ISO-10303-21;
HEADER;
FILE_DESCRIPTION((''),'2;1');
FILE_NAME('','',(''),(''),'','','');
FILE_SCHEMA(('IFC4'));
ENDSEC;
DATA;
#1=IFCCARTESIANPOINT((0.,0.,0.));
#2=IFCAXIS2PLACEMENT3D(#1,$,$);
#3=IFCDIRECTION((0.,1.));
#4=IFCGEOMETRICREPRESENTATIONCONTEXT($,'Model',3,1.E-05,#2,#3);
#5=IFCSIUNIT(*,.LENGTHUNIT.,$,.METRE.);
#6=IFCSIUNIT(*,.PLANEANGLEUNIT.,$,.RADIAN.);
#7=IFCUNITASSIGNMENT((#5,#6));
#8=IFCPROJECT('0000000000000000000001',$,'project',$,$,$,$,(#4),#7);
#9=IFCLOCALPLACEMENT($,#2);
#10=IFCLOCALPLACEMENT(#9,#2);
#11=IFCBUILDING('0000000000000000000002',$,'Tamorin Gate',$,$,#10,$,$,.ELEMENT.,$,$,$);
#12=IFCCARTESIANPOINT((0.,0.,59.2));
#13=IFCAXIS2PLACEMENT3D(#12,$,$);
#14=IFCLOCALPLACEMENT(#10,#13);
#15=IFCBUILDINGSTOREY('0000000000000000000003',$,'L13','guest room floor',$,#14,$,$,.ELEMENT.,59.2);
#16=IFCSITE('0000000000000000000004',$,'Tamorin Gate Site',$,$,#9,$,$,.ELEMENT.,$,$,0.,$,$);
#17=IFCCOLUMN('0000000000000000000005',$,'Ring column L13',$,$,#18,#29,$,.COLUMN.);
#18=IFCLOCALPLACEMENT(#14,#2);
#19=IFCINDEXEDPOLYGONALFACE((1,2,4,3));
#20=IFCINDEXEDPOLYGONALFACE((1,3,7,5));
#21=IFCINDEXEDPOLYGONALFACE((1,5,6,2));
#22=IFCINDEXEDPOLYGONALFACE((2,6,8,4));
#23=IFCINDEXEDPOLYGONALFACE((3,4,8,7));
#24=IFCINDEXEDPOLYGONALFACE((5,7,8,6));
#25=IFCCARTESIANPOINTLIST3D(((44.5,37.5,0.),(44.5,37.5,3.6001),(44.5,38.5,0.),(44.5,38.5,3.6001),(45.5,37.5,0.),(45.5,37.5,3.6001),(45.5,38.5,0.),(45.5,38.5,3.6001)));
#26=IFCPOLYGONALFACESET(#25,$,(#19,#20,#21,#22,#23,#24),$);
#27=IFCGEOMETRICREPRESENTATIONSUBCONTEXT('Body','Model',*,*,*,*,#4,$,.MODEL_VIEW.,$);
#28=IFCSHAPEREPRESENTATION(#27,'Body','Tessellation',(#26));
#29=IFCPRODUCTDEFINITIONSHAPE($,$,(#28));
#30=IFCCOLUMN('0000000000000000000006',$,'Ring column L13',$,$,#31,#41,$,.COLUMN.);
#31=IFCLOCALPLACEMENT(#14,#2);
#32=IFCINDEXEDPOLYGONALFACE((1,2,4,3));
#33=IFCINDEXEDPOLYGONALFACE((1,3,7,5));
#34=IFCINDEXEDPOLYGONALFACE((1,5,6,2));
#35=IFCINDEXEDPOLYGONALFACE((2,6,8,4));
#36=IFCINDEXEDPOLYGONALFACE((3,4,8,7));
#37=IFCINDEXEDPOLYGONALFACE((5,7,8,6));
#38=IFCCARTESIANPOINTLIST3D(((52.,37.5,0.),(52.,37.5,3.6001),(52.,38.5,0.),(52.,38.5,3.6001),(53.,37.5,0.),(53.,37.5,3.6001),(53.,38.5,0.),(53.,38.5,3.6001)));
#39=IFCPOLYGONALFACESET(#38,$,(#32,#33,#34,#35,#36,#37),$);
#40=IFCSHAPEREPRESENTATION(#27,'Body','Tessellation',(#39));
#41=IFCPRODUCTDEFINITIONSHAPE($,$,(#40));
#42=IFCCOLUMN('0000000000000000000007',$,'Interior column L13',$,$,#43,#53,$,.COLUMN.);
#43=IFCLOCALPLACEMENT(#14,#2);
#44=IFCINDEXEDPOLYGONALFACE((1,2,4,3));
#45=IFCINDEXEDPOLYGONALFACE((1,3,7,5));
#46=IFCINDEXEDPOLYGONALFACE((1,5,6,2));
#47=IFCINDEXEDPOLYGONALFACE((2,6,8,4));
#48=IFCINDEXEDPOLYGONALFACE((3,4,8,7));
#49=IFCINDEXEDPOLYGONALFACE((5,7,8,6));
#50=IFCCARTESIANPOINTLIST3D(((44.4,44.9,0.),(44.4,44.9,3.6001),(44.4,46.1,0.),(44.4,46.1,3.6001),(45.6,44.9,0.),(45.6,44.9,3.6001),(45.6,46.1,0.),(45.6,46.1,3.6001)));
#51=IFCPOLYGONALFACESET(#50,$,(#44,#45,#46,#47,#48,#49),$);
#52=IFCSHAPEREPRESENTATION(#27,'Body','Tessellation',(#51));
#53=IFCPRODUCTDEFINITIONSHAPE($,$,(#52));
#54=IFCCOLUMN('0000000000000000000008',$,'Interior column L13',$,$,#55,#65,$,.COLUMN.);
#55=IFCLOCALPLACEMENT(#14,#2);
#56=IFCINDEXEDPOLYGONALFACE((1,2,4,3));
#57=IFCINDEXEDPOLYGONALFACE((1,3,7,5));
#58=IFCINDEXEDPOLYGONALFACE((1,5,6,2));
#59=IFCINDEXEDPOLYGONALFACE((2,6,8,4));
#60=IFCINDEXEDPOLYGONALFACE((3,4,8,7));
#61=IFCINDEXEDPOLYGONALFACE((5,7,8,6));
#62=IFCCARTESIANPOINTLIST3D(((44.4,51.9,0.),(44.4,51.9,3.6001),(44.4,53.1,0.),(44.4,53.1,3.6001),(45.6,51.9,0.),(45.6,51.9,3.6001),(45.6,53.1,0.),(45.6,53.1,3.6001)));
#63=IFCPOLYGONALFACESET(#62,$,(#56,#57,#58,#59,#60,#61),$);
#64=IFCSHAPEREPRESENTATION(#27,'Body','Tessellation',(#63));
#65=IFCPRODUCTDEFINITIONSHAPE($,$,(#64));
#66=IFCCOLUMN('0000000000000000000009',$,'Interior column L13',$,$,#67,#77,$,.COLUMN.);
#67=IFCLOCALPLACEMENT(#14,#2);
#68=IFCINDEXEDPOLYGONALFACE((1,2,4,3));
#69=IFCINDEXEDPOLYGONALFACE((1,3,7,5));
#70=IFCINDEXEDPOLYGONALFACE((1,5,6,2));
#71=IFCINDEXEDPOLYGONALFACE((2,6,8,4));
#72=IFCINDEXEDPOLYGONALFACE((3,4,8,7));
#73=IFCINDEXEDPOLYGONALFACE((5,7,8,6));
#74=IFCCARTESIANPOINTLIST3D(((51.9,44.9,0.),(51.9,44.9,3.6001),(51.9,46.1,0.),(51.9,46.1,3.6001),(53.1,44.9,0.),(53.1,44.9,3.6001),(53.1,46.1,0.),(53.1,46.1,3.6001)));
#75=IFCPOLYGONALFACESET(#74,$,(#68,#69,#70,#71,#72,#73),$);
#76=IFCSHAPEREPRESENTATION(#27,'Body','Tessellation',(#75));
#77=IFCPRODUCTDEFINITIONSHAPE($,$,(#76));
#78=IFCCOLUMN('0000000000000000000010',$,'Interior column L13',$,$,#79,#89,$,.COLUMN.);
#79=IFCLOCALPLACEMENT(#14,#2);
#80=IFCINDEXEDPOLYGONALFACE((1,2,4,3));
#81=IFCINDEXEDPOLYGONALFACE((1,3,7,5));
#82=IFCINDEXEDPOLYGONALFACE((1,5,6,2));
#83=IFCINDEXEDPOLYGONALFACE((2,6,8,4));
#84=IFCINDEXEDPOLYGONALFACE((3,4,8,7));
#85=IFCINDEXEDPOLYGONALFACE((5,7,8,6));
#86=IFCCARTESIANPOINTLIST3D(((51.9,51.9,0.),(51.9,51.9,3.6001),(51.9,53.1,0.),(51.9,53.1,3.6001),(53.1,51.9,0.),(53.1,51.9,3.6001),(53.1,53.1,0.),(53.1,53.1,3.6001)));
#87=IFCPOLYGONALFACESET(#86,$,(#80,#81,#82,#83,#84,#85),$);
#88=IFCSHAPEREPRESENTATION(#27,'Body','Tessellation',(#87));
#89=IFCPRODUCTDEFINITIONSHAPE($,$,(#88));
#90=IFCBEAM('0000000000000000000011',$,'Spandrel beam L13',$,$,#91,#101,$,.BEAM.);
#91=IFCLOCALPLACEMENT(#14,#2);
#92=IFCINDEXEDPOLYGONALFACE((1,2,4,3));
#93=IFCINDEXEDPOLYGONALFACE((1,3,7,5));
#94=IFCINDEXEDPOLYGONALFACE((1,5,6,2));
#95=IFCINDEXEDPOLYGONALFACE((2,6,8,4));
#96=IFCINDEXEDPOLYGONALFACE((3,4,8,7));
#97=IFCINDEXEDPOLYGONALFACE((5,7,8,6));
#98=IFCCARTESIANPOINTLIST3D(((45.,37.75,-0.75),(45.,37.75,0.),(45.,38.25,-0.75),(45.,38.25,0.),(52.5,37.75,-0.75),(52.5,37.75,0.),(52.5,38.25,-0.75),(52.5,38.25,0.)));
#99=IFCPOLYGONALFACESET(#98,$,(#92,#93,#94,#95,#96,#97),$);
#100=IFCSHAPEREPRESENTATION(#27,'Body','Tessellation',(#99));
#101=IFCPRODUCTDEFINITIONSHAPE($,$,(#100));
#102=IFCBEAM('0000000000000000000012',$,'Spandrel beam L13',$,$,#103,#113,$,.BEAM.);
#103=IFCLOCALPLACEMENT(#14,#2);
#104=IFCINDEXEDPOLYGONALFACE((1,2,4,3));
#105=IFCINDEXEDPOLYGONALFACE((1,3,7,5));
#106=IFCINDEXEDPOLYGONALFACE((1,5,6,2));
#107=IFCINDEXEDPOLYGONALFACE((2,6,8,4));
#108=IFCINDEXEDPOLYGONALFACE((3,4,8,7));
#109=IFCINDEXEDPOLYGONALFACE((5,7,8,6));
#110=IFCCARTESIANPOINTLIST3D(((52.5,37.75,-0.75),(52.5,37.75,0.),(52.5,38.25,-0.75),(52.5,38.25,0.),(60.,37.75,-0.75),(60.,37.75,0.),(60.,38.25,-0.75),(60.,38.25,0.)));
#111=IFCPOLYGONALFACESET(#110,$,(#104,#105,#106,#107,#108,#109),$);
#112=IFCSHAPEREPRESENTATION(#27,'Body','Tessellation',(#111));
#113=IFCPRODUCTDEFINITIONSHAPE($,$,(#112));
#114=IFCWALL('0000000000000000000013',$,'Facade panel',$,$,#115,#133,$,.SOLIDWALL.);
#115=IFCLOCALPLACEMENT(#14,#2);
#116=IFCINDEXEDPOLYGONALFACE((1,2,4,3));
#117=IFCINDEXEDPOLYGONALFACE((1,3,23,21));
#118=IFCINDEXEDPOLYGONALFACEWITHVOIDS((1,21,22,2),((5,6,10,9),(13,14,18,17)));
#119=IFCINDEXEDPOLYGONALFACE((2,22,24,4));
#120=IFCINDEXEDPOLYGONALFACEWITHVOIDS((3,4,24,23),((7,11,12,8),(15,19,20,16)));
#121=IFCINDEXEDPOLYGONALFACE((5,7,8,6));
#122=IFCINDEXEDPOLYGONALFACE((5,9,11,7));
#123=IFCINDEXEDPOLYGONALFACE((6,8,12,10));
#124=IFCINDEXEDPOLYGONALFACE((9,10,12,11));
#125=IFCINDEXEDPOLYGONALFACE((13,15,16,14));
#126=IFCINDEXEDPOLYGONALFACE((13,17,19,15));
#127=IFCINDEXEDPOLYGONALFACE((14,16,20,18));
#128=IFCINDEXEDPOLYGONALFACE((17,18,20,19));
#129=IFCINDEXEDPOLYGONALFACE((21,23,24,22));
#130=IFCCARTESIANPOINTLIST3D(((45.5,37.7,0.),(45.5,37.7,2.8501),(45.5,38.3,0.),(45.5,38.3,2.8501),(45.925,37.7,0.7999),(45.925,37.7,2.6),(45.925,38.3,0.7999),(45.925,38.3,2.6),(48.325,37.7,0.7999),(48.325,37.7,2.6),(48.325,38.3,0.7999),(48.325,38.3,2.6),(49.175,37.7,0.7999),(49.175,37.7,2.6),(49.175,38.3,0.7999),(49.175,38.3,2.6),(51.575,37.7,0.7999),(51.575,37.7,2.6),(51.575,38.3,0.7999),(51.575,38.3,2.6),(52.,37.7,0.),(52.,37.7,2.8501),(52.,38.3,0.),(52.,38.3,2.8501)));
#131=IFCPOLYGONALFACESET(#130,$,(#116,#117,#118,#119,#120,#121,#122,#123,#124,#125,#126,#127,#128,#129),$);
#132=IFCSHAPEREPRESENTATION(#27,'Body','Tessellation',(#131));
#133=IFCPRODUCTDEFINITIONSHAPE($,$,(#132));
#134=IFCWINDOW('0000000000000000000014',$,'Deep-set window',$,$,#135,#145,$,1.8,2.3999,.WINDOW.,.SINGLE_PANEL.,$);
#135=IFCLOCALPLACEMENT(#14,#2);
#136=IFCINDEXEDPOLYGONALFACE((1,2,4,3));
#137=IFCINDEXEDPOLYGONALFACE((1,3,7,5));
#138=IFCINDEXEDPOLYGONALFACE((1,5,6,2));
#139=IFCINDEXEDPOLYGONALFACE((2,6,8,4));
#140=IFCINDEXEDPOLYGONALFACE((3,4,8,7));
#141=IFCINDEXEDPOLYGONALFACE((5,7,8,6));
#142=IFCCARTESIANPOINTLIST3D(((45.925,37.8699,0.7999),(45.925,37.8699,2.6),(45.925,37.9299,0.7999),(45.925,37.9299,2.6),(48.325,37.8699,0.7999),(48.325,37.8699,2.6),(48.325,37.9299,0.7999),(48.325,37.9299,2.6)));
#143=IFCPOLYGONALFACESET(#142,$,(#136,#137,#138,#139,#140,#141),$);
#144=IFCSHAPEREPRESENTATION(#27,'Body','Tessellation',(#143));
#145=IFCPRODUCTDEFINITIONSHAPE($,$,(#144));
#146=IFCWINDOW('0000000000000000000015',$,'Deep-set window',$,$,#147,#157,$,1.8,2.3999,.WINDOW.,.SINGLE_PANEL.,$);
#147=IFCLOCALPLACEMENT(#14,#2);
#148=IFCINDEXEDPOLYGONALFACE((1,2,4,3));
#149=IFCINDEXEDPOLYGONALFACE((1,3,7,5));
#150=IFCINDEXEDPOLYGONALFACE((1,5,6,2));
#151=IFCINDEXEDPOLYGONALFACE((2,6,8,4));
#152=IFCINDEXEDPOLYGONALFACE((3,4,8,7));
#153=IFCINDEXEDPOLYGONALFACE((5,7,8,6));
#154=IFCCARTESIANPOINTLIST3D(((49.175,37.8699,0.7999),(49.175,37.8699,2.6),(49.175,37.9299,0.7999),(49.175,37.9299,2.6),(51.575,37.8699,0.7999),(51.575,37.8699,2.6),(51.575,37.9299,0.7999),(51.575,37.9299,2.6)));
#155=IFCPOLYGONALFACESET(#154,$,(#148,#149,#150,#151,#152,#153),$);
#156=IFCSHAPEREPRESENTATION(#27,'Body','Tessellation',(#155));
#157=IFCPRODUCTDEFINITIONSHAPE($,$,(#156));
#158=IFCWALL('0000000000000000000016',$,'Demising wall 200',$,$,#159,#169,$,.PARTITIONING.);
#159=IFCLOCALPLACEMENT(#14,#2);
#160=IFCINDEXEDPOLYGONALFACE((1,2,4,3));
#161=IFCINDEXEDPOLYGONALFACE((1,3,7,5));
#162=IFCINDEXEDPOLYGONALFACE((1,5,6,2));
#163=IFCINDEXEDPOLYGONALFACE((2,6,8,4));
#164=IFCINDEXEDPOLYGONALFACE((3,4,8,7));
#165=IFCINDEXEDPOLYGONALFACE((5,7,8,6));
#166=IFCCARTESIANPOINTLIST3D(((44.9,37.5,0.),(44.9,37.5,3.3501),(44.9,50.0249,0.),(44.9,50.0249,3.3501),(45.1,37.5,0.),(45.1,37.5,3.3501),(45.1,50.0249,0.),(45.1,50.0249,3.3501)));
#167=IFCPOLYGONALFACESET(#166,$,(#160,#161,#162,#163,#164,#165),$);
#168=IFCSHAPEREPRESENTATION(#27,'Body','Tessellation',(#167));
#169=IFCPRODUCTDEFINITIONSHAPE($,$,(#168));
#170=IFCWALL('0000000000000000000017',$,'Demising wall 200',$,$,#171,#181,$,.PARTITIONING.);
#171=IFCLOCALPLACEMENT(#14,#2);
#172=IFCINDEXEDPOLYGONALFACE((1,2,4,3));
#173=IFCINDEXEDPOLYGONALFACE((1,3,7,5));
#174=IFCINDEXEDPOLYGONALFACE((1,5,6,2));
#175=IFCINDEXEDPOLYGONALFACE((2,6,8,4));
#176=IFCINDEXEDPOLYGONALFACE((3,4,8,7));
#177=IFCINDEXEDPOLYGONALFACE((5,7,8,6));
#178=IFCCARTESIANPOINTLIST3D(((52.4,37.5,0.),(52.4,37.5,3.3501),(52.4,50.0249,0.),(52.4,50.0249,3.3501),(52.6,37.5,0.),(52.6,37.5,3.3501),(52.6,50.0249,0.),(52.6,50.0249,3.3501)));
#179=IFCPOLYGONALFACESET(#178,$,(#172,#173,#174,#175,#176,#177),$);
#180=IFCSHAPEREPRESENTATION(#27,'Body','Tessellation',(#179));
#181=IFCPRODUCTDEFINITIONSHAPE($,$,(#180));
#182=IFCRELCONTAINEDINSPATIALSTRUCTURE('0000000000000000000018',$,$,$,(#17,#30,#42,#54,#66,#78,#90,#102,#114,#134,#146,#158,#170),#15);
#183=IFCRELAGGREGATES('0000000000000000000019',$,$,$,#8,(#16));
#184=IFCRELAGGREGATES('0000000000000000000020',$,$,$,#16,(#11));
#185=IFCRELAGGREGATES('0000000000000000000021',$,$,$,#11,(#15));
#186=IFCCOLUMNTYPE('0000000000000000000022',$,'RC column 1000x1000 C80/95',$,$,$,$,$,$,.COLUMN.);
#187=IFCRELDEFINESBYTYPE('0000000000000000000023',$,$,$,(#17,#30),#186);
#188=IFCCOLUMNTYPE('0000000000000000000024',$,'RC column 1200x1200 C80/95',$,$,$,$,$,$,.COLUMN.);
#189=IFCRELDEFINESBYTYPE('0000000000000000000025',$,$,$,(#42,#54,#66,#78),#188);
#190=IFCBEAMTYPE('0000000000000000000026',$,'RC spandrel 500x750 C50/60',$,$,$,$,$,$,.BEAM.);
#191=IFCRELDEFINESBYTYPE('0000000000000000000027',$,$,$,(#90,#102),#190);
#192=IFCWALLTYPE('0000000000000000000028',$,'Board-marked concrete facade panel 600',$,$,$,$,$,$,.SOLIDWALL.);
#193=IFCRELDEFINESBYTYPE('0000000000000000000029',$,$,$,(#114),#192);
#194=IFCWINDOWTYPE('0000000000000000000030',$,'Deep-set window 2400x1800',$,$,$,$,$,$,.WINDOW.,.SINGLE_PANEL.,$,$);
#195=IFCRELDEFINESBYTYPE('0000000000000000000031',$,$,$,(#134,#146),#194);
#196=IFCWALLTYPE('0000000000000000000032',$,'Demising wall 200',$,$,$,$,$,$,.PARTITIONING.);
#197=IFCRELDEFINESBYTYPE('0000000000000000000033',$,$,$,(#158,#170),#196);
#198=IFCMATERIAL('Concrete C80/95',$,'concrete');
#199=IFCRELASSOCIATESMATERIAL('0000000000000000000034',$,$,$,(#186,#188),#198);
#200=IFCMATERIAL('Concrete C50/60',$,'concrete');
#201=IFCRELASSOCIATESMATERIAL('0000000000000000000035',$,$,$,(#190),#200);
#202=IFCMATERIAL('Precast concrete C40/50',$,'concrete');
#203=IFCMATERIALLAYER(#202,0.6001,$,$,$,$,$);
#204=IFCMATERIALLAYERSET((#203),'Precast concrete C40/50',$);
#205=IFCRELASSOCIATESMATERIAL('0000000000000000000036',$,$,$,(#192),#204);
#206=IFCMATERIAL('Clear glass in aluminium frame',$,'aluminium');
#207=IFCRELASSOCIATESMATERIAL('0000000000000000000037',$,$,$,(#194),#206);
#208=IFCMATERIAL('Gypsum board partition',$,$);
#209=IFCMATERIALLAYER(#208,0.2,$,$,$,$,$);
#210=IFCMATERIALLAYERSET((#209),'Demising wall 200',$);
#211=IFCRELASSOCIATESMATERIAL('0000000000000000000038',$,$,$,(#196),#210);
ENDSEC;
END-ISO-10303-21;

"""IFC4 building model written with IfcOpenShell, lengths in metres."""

from ifc_helpers import new_model, si_unit, direction, frame, frame_2d, origin, origin_2d, place, context, subcontext, project, spatial, rectangle, extrude, material, layer, layer_set, material_profile, profile_set, type_object, element, fill, save


model = new_model("IFC4")

# Units and contexts
model_context = context("Model", 3, precision=1e-05, world=origin(), true_north=direction((0.0, 1.0)))
body_context = subcontext(model_context, "Body", "Model", "MODEL_VIEW")
ifc_project = project(units=[si_unit("LENGTHUNIT", "METRE"), si_unit("PLANEANGLEUNIT", "RADIAN")], contexts=[model_context])

# Site, building, storey
site_placement = place(None, origin())
site = spatial("IfcSite", under=ifc_project, at=site_placement, Name="Tamorin Gate Site", CompositionType="ELEMENT", RefElevation=0.0)
building_placement = place(site_placement, origin())
building = spatial("IfcBuilding", under=site, at=building_placement, Name="Tamorin Gate", CompositionType="ELEMENT")
storey_placement = place(building_placement, frame((0.0, 0.0, 59.2)))
storey = spatial("IfcBuildingStorey", under=building, at=storey_placement, Name="L13", Description="guest room floor", CompositionType="ELEMENT", Elevation=59.2)

# Columns
ifc_material_1 = material(Name="Concrete C80/95", Category="concrete")
ifc_material_profile_1 = material_profile(ifc_material_1, rectangle(XDim=1.0, YDim=1.0, at=origin_2d()), Name="RC 1000x1000")
ifc_profile_set_1 = profile_set([ifc_material_profile_1], Name="Concrete C80/95")
column_type_1 = type_object("IfcColumnType", Name="RC column 1000x1000 C80/95", PredefinedType="COLUMN", material=ifc_profile_set_1)
for number, where, z_axis, x_axis, name in (
    (1, (45.0, 38.0, 0.0), (0.0, 0.0, 1.0), (1.0, 0.0, 0.0), "Ring column L13"),
    (2, (52.5, 38.0, 0.0), (0.0, 0.0, 1.0), (1.0, 0.0, 0.0), "Ring column L13"),
):
    element("IfcColumn", number, at=place(storey_placement, frame(where, z_axis=z_axis, x_axis=x_axis)), inside=storey, type_object=column_type_1, Name=name, PredefinedType="COLUMN", context=body_context, shape_type="SweptSolid", body=[
        extrude(rectangle(XDim=1.0, YDim=1.0, at=origin_2d()), origin(), (0.0, 0.0, 1.0), 3.6001),
    ])
ifc_material_profile_2 = material_profile(ifc_material_1, rectangle(XDim=1.2, YDim=1.2, at=origin_2d()), Name="RC 1200x1200")
ifc_profile_set_2 = profile_set([ifc_material_profile_2], Name="Concrete C80/95")
column_type_2 = type_object("IfcColumnType", Name="RC column 1200x1200 C80/95", PredefinedType="COLUMN", material=ifc_profile_set_2)
for number, where, z_axis, x_axis, name in (
    (3, (45.0, 45.5, 0.0), (0.0, 0.0, 1.0), (1.0, 0.0, 0.0), "Interior column L13"),
    (4, (45.0, 52.5, 0.0), (0.0, 0.0, 1.0), (1.0, 0.0, 0.0), "Interior column L13"),
    (5, (52.5, 45.5, 0.0), (0.0, 0.0, 1.0), (1.0, 0.0, 0.0), "Interior column L13"),
    (6, (52.5, 52.5, 0.0), (0.0, 0.0, 1.0), (1.0, 0.0, 0.0), "Interior column L13"),
):
    element("IfcColumn", number, at=place(storey_placement, frame(where, z_axis=z_axis, x_axis=x_axis)), inside=storey, type_object=column_type_2, Name=name, PredefinedType="COLUMN", context=body_context, shape_type="SweptSolid", body=[
        extrude(rectangle(XDim=1.2, YDim=1.2, at=origin_2d()), origin(), (0.0, 0.0, 1.0), 3.6001),
    ])

# Beams
ifc_material_2 = material(Name="Concrete C50/60", Category="concrete")
ifc_material_profile_3 = material_profile(ifc_material_2, rectangle(XDim=0.5, YDim=0.75, at=origin_2d()), Name="RC 500x750")
ifc_profile_set_3 = profile_set([ifc_material_profile_3], Name="Concrete C50/60")
beam_type = type_object("IfcBeamType", Name="RC spandrel 500x750 C50/60", PredefinedType="BEAM", material=ifc_profile_set_3)
for number, where, z_axis, x_axis, name in (
    (7, (45.0, 38.0, -0.375), (1.0, 0.0, 0.0), (0.0, 1.0, 0.0), "Spandrel beam L13"),
    (8, (52.5, 38.0, -0.375), (1.0, 0.0, 0.0), (0.0, 1.0, 0.0), "Spandrel beam L13"),
):
    element("IfcBeam", number, at=place(storey_placement, frame(where, z_axis=z_axis, x_axis=x_axis)), inside=storey, type_object=beam_type, Name=name, PredefinedType="BEAM", context=body_context, shape_type="SweptSolid", body=[
        extrude(rectangle(XDim=0.5, YDim=0.75, at=origin_2d()), origin(), (0.0, 0.0, 1.0), 7.5),
    ])

# Wall, openings, windows
ifc_material_3 = material(Name="Precast concrete C40/50", Category="concrete")
ifc_layer_1 = layer(ifc_material_3, 0.6001)
ifc_layer_set_1 = layer_set([ifc_layer_1], Name="Precast concrete C40/50")
wall_type_1 = type_object("IfcWallType", Name="Board-marked concrete facade panel 600", PredefinedType="SOLIDWALL", material=ifc_layer_set_1)
wall_1_placement = place(storey_placement, frame((45.5, 38.0, 0.0), z_axis=(0.0, 0.0, 1.0), x_axis=(1.0, 0.0, 0.0)))
wall_1 = element("IfcWall", 9, at=wall_1_placement, inside=storey, type_object=wall_type_1, Name="Facade panel", PredefinedType="SOLIDWALL", context=body_context, shape_type="SweptSolid", body=[
    extrude(rectangle(XDim=6.5, YDim=0.6001, at=frame_2d((3.25, 0.0))), origin(), (0.0, 0.0, 1.0), 2.8501),
])
opening_1_placement = place(wall_1_placement, frame((0.425, 0.0, 0.8)))
opening_1 = element("IfcOpeningElement", 10, at=opening_1_placement, cuts=wall_1, PredefinedType="OPENING", context=body_context, shape_type="SweptSolid", body=[
    extrude(rectangle(XDim=2.3999, YDim=1.8, at=frame_2d((1.2, 0.8999))), frame((0.0, 0.3101, 0.0), z_axis=(0.0, -1.0, 0.0), x_axis=(1.0, 0.0, 0.0)), (0.0, 0.0, 1.0), 0.6201),
])
opening_2_placement = place(wall_1_placement, frame((3.675, 0.0, 0.8)))
opening_2 = element("IfcOpeningElement", 11, at=opening_2_placement, cuts=wall_1, PredefinedType="OPENING", context=body_context, shape_type="SweptSolid", body=[
    extrude(rectangle(XDim=2.3999, YDim=1.8, at=frame_2d((1.2, 0.8999))), frame((0.0, 0.3101, 0.0), z_axis=(0.0, -1.0, 0.0), x_axis=(1.0, 0.0, 0.0)), (0.0, 0.0, 1.0), 0.6201),
])
ifc_material_4 = material(Name="Clear glass in aluminium frame", Category="aluminium")
window_type = type_object("IfcWindowType", Name="Deep-set window 2400x1800", PartitioningType="SINGLE_PANEL", PredefinedType="WINDOW", material=ifc_material_4)
window_1_placement = place(opening_1_placement, origin())
window_1 = element("IfcWindow", 12, at=window_1_placement, inside=storey, type_object=window_type, Name="Deep-set window", OverallHeight=1.8, OverallWidth=2.3999, PartitioningType="SINGLE_PANEL", PredefinedType="WINDOW", context=body_context, shape_type="SweptSolid", body=[
    extrude(rectangle(XDim=2.3999, YDim=1.8, at=frame_2d((1.2, 0.8999))), frame((0.0, -0.0701, 0.0), z_axis=(0.0, -1.0, 0.0), x_axis=(1.0, 0.0, 0.0)), (0.0, 0.0, 1.0), 0.0601),
])
fill(opening_1, window_1)
window_2_placement = place(opening_2_placement, origin())
window_2 = element("IfcWindow", 13, at=window_2_placement, inside=storey, type_object=window_type, Name="Deep-set window", OverallHeight=1.8, OverallWidth=2.3999, PartitioningType="SINGLE_PANEL", PredefinedType="WINDOW", context=body_context, shape_type="SweptSolid", body=[
    extrude(rectangle(XDim=2.3999, YDim=1.8, at=frame_2d((1.2, 0.8999))), frame((0.0, -0.0701, 0.0), z_axis=(0.0, -1.0, 0.0), x_axis=(1.0, 0.0, 0.0)), (0.0, 0.0, 1.0), 0.0601),
])
fill(opening_2, window_2)

# Walls
ifc_material_5 = material(Name="Gypsum board partition")
ifc_layer_2 = layer(ifc_material_5, 0.2)
ifc_layer_set_2 = layer_set([ifc_layer_2], Name="Demising wall 200")
wall_type_2 = type_object("IfcWallType", Name="Demising wall 200", PredefinedType="PARTITIONING", material=ifc_layer_set_2)
for number, where, z_axis, x_axis, name in (
    (14, (45.0, 37.5, 0.0), (0.0, 0.0, 1.0), (0.0, 1.0, 0.0), "Demising wall 200"),
    (15, (52.5, 37.5, 0.0), (0.0, 0.0, 1.0), (0.0, 1.0, 0.0), "Demising wall 200"),
):
    element("IfcWall", number, at=place(storey_placement, frame(where, z_axis=z_axis, x_axis=x_axis)), inside=storey, type_object=wall_type_2, Name=name, PredefinedType="PARTITIONING", context=body_context, shape_type="SweptSolid", body=[
        extrude(rectangle(XDim=12.5249, YDim=0.2, at=frame_2d((6.2625, 0.0))), origin(), (0.0, 0.0, 1.0), 3.3501),
    ])

save(model, "model.ifc")
